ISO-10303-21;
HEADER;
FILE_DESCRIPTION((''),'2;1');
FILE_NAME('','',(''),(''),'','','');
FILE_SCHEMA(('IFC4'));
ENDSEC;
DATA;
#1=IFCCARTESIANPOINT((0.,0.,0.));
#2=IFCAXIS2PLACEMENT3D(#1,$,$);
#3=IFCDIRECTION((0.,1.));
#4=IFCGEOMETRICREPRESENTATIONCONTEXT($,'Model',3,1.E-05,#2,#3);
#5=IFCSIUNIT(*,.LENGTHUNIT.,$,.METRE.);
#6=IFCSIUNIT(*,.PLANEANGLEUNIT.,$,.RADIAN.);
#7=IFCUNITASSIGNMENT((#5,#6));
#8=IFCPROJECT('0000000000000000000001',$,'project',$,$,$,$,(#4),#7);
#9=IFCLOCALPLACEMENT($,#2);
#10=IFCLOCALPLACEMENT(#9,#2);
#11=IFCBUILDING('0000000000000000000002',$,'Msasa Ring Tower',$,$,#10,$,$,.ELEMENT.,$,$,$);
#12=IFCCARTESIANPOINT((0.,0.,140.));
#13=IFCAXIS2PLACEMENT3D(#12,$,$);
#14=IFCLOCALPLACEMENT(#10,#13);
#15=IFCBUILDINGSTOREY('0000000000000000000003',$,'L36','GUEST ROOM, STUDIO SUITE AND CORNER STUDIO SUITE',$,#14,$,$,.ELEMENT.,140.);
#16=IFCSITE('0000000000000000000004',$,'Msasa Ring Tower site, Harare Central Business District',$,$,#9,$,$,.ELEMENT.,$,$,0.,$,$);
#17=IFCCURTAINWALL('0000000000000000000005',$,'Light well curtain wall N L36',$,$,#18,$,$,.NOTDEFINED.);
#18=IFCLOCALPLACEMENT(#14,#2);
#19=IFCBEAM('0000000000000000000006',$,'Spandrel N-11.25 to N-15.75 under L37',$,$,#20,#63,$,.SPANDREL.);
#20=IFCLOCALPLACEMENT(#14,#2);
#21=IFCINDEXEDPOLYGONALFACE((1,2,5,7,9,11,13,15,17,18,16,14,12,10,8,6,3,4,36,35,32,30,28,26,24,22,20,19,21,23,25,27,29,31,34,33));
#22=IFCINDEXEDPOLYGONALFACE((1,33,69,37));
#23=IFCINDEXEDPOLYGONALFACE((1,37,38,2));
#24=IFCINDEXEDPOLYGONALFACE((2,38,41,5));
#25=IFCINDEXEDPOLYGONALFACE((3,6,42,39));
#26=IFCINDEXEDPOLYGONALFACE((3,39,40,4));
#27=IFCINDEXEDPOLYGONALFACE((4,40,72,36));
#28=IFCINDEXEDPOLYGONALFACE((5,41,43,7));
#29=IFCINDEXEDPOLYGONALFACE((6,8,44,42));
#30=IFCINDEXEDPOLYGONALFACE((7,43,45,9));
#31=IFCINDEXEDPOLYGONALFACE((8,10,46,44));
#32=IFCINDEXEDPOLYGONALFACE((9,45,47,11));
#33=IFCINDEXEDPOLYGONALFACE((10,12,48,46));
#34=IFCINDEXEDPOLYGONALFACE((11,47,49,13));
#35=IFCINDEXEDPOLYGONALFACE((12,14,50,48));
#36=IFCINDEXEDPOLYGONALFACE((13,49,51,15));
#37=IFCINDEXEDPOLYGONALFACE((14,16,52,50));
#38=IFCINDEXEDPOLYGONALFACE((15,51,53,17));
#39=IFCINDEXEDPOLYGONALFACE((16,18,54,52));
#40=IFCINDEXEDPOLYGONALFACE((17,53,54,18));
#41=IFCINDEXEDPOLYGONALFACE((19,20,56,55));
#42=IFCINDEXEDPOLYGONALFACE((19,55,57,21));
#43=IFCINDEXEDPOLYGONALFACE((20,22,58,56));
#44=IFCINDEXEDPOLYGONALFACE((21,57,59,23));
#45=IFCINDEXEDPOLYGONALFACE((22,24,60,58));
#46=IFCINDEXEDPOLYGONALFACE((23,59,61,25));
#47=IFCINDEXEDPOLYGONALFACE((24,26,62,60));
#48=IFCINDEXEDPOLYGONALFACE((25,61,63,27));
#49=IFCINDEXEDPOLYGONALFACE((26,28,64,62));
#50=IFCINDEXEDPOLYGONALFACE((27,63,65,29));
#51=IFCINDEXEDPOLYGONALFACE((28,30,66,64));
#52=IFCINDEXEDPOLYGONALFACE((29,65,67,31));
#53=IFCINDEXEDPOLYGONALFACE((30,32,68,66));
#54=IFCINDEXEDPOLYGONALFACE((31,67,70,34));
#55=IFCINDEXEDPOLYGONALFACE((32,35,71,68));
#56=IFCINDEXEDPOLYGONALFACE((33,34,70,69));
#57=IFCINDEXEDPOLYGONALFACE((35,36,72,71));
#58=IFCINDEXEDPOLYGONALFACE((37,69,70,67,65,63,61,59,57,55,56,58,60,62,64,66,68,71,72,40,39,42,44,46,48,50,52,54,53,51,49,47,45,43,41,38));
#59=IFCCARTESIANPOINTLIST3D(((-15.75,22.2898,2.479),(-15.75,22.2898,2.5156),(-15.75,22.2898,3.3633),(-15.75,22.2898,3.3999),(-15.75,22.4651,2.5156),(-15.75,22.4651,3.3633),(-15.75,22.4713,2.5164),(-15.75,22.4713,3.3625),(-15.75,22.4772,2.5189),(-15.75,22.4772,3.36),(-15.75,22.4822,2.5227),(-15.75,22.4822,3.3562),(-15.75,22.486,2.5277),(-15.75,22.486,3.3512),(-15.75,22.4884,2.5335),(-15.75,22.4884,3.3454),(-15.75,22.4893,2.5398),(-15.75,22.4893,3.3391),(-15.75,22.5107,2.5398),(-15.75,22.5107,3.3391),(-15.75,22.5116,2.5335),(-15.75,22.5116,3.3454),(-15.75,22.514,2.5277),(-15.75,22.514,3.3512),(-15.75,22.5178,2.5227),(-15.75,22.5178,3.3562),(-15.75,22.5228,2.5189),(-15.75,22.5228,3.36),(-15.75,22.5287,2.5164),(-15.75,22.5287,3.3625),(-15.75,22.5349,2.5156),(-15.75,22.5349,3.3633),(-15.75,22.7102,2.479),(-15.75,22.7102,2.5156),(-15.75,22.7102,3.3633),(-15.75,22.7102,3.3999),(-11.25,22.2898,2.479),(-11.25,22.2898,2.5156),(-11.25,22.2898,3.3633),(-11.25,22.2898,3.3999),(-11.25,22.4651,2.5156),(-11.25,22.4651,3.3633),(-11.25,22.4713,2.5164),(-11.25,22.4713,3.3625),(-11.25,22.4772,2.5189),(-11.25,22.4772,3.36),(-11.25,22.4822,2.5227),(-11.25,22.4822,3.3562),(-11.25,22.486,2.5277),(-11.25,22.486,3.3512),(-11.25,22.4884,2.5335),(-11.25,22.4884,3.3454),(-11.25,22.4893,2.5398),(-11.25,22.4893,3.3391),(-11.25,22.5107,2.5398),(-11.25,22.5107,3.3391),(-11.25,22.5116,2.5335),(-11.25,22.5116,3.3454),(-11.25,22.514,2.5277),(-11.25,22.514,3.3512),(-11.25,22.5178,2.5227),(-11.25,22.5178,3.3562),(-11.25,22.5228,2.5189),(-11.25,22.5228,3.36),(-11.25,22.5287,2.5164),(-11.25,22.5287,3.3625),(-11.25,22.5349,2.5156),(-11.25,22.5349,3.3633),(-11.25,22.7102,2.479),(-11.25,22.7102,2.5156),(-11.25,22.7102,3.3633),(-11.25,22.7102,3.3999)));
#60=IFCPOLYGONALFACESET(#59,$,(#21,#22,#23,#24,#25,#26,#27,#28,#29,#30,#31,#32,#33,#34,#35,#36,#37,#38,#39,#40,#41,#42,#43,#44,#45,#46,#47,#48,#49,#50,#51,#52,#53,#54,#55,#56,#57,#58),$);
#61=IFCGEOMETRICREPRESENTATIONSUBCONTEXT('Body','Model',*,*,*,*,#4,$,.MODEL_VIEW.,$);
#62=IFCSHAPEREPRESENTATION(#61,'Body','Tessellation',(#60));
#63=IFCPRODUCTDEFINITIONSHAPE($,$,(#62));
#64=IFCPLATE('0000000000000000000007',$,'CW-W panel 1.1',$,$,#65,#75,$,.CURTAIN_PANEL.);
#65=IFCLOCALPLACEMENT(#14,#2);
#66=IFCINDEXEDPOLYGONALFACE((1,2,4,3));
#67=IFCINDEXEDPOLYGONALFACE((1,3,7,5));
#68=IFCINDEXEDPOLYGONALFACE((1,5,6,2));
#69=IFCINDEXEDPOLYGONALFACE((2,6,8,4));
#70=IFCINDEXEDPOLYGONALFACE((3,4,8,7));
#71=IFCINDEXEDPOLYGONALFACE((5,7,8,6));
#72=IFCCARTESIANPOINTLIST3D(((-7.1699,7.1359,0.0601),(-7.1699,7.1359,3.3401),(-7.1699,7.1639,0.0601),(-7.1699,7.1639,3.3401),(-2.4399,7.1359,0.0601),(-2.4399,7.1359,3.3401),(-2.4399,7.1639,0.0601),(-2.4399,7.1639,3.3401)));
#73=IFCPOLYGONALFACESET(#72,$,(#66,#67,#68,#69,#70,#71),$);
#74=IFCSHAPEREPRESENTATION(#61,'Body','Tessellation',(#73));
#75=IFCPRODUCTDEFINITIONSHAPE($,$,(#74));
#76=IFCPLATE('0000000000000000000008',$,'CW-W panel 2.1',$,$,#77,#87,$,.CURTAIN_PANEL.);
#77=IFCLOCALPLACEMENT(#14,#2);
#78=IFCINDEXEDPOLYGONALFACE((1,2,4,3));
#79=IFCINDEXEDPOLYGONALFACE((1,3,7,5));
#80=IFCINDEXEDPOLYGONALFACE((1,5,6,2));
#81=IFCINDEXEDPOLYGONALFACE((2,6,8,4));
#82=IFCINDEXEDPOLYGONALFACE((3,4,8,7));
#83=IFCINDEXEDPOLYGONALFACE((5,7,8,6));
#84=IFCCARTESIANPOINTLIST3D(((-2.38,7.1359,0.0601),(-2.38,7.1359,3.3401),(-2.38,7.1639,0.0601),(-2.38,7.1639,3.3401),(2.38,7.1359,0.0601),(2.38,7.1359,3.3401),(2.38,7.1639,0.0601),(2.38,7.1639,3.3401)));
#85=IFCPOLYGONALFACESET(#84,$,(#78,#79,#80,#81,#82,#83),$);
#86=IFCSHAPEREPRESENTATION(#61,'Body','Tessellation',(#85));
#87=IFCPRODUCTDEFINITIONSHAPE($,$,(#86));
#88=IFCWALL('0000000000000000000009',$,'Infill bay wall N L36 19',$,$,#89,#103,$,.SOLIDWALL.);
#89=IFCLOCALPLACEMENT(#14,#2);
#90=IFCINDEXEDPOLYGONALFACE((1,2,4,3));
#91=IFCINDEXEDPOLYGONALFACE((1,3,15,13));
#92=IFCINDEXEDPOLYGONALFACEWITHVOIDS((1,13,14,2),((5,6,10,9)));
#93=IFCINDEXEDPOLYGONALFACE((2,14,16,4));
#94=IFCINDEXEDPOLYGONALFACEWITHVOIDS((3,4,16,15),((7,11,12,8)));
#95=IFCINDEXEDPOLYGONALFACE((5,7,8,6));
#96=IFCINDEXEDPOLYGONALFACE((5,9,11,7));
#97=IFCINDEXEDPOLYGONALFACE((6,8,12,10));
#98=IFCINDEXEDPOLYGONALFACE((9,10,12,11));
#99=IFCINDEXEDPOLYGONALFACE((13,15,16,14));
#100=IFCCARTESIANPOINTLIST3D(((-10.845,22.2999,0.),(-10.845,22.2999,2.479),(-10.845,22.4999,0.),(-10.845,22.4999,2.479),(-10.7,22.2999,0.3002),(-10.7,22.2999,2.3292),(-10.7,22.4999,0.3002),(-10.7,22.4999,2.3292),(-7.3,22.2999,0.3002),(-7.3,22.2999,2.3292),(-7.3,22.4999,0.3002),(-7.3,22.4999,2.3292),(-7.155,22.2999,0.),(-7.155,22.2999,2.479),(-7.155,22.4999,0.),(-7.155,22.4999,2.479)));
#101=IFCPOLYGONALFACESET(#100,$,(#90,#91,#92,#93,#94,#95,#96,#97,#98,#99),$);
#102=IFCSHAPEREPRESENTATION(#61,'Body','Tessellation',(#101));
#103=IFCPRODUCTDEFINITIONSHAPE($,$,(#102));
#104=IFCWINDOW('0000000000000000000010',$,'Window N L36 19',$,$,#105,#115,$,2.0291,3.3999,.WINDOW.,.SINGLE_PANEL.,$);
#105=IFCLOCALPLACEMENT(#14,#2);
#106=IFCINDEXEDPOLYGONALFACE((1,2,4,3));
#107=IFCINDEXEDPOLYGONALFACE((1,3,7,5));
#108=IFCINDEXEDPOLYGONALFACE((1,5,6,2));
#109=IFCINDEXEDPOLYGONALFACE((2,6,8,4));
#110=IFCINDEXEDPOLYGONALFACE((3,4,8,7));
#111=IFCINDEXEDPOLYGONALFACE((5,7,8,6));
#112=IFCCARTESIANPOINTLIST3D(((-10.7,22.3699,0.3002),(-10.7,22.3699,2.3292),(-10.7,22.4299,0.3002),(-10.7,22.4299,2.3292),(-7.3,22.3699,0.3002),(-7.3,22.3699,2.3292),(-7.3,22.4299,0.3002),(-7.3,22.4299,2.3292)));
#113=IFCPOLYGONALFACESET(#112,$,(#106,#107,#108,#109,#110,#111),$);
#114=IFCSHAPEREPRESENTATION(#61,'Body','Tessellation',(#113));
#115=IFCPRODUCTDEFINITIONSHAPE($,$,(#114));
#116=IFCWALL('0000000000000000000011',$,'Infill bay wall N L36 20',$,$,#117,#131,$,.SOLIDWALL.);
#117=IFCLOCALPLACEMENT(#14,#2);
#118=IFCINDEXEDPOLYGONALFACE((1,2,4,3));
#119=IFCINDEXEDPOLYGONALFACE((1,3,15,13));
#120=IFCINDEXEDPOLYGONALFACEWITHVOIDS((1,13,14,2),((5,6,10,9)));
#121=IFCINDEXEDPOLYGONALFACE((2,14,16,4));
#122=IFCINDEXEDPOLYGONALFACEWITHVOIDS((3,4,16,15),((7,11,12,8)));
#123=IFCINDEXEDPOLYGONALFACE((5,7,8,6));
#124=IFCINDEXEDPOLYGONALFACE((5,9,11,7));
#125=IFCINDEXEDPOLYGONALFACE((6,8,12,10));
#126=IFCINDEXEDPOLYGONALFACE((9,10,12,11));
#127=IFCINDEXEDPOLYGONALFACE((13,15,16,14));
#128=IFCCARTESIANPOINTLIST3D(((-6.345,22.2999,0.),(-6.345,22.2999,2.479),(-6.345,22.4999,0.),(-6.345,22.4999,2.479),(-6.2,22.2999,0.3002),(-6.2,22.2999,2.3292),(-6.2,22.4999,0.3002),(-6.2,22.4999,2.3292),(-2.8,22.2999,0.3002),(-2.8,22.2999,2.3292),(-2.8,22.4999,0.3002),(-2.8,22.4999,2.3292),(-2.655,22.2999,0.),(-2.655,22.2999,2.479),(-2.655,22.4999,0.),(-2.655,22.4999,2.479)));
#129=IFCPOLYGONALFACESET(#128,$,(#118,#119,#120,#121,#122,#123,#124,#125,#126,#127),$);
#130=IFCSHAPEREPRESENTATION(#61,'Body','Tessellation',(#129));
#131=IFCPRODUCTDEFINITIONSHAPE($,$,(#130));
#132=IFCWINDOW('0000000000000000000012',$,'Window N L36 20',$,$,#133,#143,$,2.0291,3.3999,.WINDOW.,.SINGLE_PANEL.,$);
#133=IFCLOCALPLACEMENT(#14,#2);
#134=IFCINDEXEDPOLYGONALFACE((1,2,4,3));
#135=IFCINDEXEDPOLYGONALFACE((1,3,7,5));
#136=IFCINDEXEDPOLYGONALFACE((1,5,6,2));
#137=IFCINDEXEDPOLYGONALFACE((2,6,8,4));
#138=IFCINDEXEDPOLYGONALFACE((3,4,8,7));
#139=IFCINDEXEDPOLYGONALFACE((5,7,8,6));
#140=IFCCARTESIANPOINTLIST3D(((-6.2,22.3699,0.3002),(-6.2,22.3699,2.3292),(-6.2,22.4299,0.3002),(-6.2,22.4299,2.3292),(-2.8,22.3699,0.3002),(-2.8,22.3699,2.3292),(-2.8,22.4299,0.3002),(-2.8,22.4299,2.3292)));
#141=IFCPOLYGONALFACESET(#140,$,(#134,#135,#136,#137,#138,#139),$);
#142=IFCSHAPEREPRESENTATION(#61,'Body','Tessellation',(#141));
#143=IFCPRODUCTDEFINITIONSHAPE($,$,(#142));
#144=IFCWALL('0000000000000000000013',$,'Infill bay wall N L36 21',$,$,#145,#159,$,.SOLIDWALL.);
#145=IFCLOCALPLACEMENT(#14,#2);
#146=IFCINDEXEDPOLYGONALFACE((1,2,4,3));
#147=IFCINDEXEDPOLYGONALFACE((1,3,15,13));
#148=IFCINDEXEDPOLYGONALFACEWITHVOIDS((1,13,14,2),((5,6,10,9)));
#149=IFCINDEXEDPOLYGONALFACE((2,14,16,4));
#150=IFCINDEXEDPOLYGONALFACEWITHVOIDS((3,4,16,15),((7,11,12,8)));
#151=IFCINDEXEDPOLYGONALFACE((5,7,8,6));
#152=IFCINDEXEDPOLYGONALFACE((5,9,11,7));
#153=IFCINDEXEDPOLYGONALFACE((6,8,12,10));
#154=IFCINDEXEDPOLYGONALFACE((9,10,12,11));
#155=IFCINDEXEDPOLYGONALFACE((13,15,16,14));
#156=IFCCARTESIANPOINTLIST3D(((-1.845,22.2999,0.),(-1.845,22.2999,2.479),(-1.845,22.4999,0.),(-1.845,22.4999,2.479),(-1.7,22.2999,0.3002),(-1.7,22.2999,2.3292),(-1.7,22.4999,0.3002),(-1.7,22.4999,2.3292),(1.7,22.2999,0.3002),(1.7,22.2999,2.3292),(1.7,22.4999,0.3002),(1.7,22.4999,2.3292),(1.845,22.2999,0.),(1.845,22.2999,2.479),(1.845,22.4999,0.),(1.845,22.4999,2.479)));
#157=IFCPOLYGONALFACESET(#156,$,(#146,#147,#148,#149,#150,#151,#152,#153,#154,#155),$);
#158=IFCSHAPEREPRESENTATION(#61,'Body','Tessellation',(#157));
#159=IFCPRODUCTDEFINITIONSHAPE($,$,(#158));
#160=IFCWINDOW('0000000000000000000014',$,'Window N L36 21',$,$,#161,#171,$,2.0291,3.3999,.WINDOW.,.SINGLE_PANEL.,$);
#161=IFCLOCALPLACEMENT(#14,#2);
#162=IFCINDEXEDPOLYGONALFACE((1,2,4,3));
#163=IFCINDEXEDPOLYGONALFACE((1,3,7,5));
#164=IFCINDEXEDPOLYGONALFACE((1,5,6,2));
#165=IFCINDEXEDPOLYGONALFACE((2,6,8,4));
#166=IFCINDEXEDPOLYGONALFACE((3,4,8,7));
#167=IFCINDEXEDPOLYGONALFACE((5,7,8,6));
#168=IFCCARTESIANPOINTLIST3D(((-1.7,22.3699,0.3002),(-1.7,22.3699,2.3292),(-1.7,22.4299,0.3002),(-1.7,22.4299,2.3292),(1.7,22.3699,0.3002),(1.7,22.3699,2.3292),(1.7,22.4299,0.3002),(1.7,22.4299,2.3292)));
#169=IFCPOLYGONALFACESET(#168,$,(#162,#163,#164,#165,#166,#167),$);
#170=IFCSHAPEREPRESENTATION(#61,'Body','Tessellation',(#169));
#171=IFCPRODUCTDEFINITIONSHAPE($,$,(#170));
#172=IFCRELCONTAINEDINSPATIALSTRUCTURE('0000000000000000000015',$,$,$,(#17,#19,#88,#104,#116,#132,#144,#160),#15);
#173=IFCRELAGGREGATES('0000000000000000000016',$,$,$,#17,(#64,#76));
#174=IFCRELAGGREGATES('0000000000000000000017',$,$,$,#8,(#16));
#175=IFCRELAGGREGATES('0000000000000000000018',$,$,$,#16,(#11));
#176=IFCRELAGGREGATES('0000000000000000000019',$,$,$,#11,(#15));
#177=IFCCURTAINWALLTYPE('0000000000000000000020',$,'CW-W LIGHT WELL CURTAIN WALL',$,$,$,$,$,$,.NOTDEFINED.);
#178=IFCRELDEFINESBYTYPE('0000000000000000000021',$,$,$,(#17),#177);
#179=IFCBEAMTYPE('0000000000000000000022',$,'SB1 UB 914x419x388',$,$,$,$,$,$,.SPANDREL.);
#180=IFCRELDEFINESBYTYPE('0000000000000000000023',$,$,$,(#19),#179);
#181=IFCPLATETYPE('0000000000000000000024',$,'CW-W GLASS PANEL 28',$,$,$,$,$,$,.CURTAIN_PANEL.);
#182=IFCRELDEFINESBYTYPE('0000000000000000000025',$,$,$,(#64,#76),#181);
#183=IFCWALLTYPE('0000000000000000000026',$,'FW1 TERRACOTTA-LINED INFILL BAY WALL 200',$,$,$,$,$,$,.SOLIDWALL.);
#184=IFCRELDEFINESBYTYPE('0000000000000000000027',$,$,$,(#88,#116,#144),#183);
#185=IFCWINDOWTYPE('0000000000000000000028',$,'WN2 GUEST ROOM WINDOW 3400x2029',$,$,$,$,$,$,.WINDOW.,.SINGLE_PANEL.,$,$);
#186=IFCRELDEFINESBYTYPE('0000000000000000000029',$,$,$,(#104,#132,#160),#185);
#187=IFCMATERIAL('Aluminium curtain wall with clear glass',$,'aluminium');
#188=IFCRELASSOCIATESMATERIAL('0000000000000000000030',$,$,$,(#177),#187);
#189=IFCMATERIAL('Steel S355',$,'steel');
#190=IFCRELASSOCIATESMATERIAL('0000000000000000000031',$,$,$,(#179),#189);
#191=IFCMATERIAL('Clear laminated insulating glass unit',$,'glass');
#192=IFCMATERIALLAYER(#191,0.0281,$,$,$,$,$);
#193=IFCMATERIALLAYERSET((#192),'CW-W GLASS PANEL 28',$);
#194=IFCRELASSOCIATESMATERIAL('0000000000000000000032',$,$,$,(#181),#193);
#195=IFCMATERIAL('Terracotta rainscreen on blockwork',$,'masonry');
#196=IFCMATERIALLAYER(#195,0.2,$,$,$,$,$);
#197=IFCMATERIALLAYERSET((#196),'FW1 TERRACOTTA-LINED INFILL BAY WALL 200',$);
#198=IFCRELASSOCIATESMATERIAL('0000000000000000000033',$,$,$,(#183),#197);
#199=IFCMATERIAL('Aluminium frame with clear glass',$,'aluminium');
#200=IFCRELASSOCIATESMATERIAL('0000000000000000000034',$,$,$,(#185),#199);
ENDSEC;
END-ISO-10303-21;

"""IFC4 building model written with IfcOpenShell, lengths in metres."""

from ifc_helpers import new_model, si_unit, direction, frame, frame_2d, origin, origin_2d, place, context, subcontext, project, spatial, rectangle, i_section, extrude, material, layer, layer_set, material_profile, profile_set, type_object, element, fill, aggregate, save


model = new_model("IFC4")

# Units and contexts
model_context = context("Model", 3, precision=1e-05, world=origin(), true_north=direction((0.0, 1.0)))
body_context = subcontext(model_context, "Body", "Model", "MODEL_VIEW")
ifc_project = project(units=[si_unit("LENGTHUNIT", "METRE"), si_unit("PLANEANGLEUNIT", "RADIAN")], contexts=[model_context])

# Site, building, storey
site_placement = place(None, origin())
site = spatial("IfcSite", under=ifc_project, at=site_placement, Name="Msasa Ring Tower site, Harare Central Business District", CompositionType="ELEMENT", RefElevation=0.0)
building_placement = place(site_placement, origin())
building = spatial("IfcBuilding", under=site, at=building_placement, Name="Msasa Ring Tower", CompositionType="ELEMENT")
storey_placement = place(building_placement, frame((0.0, 0.0, 140.0)))
storey = spatial("IfcBuildingStorey", under=building, at=storey_placement, Name="L36", Description="GUEST ROOM, STUDIO SUITE AND CORNER STUDIO SUITE", CompositionType="ELEMENT", Elevation=140.0)

# Curtain wall
ifc_material_1 = material(Name="Aluminium curtain wall with clear glass", Category="aluminium")
curtain_wall_type = type_object("IfcCurtainWallType", Name="CW-W LIGHT WELL CURTAIN WALL", PredefinedType="NOTDEFINED", material=ifc_material_1)
curtain_wall_placement = place(storey_placement, origin())
curtain_wall = element("IfcCurtainWall", 1, at=curtain_wall_placement, inside=storey, type_object=curtain_wall_type, Name="Light well curtain wall N L36", PredefinedType="NOTDEFINED")

# Beam
ifc_material_2 = material(Name="Steel S355", Category="steel")
ifc_material_profile_1 = material_profile(ifc_material_2, i_section(OverallWidth=0.4204, OverallDepth=0.9209, WebThickness=0.0215, FlangeThickness=0.0366, FilletRadius=0.0242, at=origin_2d()), Name="UB 914x419x388")
ifc_profile_set_1 = profile_set([ifc_material_profile_1], Name="Steel S355")
beam_type_1 = type_object("IfcBeamType", Name="SB1 UB 914x419x388", PredefinedType="SPANDREL", material=ifc_profile_set_1)
for number, where, z_axis, x_axis, name in (
    (2, (-11.25, 22.5, 2.9395), (-1.0, 0.0, 0.0), (0.0, -1.0, 0.0), "Spandrel N-11.25 to N-15.75 under L37"),
):
    element("IfcBeam", number, at=place(storey_placement, frame(where, z_axis=z_axis, x_axis=x_axis)), inside=storey, type_object=beam_type_1, Name=name, PredefinedType="SPANDREL", context=body_context, shape_type="SweptSolid", body=[
        extrude(i_section(OverallWidth=0.4204, OverallDepth=0.9209, WebThickness=0.0215, FlangeThickness=0.0366, FilletRadius=0.0242, at=origin_2d()), origin(), (0.0, 0.0, 1.0), 4.5),
    ])

# Plates
ifc_material_3 = material(Name="Clear laminated insulating glass unit", Category="glass")
ifc_layer_1 = layer(ifc_material_3, 0.0281)
ifc_layer_set_1 = layer_set([ifc_layer_1], Name="CW-W GLASS PANEL 28")
plate_type = type_object("IfcPlateType", Name="CW-W GLASS PANEL 28", PredefinedType="CURTAIN_PANEL", material=ifc_layer_set_1)
plate_1_placement = place(storey_placement, frame((-4.8049, 7.1499, 0.0601), z_axis=(0.0, 0.0, 1.0), x_axis=(1.0, 0.0, 0.0)))
plate_1 = element("IfcPlate", 3, at=plate_1_placement, type_object=plate_type, Name="CW-W panel 1.1", PredefinedType="CURTAIN_PANEL", context=body_context, shape_type="SweptSolid", body=[
    extrude(rectangle(XDim=4.73, YDim=0.0281, at=origin_2d()), origin(), (0.0, 0.0, 1.0), 3.28),
])
plate_2_placement = place(storey_placement, frame((0.0, 7.1499, 0.0601), z_axis=(0.0, 0.0, 1.0), x_axis=(1.0, 0.0, 0.0)))
plate_2 = element("IfcPlate", 4, at=plate_2_placement, type_object=plate_type, Name="CW-W panel 2.1", PredefinedType="CURTAIN_PANEL", context=body_context, shape_type="SweptSolid", body=[
    extrude(rectangle(XDim=4.76, YDim=0.0281, at=origin_2d()), origin(), (0.0, 0.0, 1.0), 3.28),
])
aggregate(curtain_wall, [plate_1, plate_2])

# Walls, openings, windows
ifc_material_4 = material(Name="Terracotta rainscreen on blockwork", Category="masonry")
ifc_layer_2 = layer(ifc_material_4, 0.2)
ifc_layer_set_2 = layer_set([ifc_layer_2], Name="FW1 TERRACOTTA-LINED INFILL BAY WALL 200")
wall_type_1 = type_object("IfcWallType", Name="FW1 TERRACOTTA-LINED INFILL BAY WALL 200", PredefinedType="SOLIDWALL", material=ifc_layer_set_2)
wall_1_placement = place(storey_placement, frame((-10.845, 22.3999, 0.0), z_axis=(0.0, 0.0, 1.0), x_axis=(1.0, 0.0, 0.0)))
wall_1 = element("IfcWall", 5, at=wall_1_placement, inside=storey, type_object=wall_type_1, Name="Infill bay wall N L36 19", PredefinedType="SOLIDWALL", context=body_context, shape_type="SweptSolid", body=[
    extrude(rectangle(XDim=3.6899, YDim=0.2, at=frame_2d((1.845, 0.0))), origin(), (0.0, 0.0, 1.0), 2.479),
])
opening_1_placement = place(wall_1_placement, frame((0.145, 0.0, 0.3)))
opening_1 = element("IfcOpeningElement", 6, at=opening_1_placement, cuts=wall_1, PredefinedType="OPENING", context=body_context, shape_type="SweptSolid", body=[
    extrude(rectangle(XDim=3.3999, YDim=2.0291, at=frame_2d((1.7, 1.0146))), frame((0.0, 0.1099, 0.0), z_axis=(0.0, -1.0, 0.0), x_axis=(1.0, 0.0, 0.0)), (0.0, 0.0, 1.0), 0.22),
])
ifc_material_5 = material(Name="Aluminium frame with clear glass", Category="aluminium")
window_type = type_object("IfcWindowType", Name="WN2 GUEST ROOM WINDOW 3400x2029", PartitioningType="SINGLE_PANEL", PredefinedType="WINDOW", material=ifc_material_5)
window_1_placement = place(opening_1_placement, origin())
window_1 = element("IfcWindow", 7, at=window_1_placement, inside=storey, type_object=window_type, Name="Window N L36 19", OverallHeight=2.0291, OverallWidth=3.3999, PartitioningType="SINGLE_PANEL", PredefinedType="WINDOW", context=body_context, shape_type="SweptSolid", body=[
    extrude(rectangle(XDim=3.3999, YDim=2.0291, at=frame_2d((1.7, 1.0146))), frame((0.0, 0.03, 0.0), z_axis=(0.0, -1.0, 0.0), x_axis=(1.0, 0.0, 0.0)), (0.0, 0.0, 1.0), 0.0601),
])
fill(opening_1, window_1)
wall_2_placement = place(storey_placement, frame((-6.345, 22.3999, 0.0), z_axis=(0.0, 0.0, 1.0), x_axis=(1.0, 0.0, 0.0)))
wall_2 = element("IfcWall", 8, at=wall_2_placement, inside=storey, type_object=wall_type_1, Name="Infill bay wall N L36 20", PredefinedType="SOLIDWALL", context=body_context, shape_type="SweptSolid", body=[
    extrude(rectangle(XDim=3.6899, YDim=0.2, at=frame_2d((1.845, 0.0))), origin(), (0.0, 0.0, 1.0), 2.479),
])
opening_2_placement = place(wall_2_placement, frame((0.145, 0.0, 0.3)))
opening_2 = element("IfcOpeningElement", 9, at=opening_2_placement, cuts=wall_2, PredefinedType="OPENING", context=body_context, shape_type="SweptSolid", body=[
    extrude(rectangle(XDim=3.3999, YDim=2.0291, at=frame_2d((1.7, 1.0146))), frame((0.0, 0.1099, 0.0), z_axis=(0.0, -1.0, 0.0), x_axis=(1.0, 0.0, 0.0)), (0.0, 0.0, 1.0), 0.22),
])
window_2_placement = place(opening_2_placement, origin())
window_2 = element("IfcWindow", 10, at=window_2_placement, inside=storey, type_object=window_type, Name="Window N L36 20", OverallHeight=2.0291, OverallWidth=3.3999, PartitioningType="SINGLE_PANEL", PredefinedType="WINDOW", context=body_context, shape_type="SweptSolid", body=[
    extrude(rectangle(XDim=3.3999, YDim=2.0291, at=frame_2d((1.7, 1.0146))), frame((0.0, 0.03, 0.0), z_axis=(0.0, -1.0, 0.0), x_axis=(1.0, 0.0, 0.0)), (0.0, 0.0, 1.0), 0.0601),
])
fill(opening_2, window_2)
wall_3_placement = place(storey_placement, frame((-1.845, 22.3999, 0.0), z_axis=(0.0, 0.0, 1.0), x_axis=(1.0, 0.0, 0.0)))
wall_3 = element("IfcWall", 11, at=wall_3_placement, inside=storey, type_object=wall_type_1, Name="Infill bay wall N L36 21", PredefinedType="SOLIDWALL", context=body_context, shape_type="SweptSolid", body=[
    extrude(rectangle(XDim=3.6899, YDim=0.2, at=frame_2d((1.845, 0.0))), origin(), (0.0, 0.0, 1.0), 2.479),
])
opening_3_placement = place(wall_3_placement, frame((0.145, 0.0, 0.3)))
opening_3 = element("IfcOpeningElement", 12, at=opening_3_placement, cuts=wall_3, PredefinedType="OPENING", context=body_context, shape_type="SweptSolid", body=[
    extrude(rectangle(XDim=3.3999, YDim=2.0291, at=frame_2d((1.7, 1.0146))), frame((0.0, 0.1099, 0.0), z_axis=(0.0, -1.0, 0.0), x_axis=(1.0, 0.0, 0.0)), (0.0, 0.0, 1.0), 0.22),
])
window_3_placement = place(opening_3_placement, origin())
window_3 = element("IfcWindow", 13, at=window_3_placement, inside=storey, type_object=window_type, Name="Window N L36 21", OverallHeight=2.0291, OverallWidth=3.3999, PartitioningType="SINGLE_PANEL", PredefinedType="WINDOW", context=body_context, shape_type="SweptSolid", body=[
    extrude(rectangle(XDim=3.3999, YDim=2.0291, at=frame_2d((1.7, 1.0146))), frame((0.0, 0.03, 0.0), z_axis=(0.0, -1.0, 0.0), x_axis=(1.0, 0.0, 0.0)), (0.0, 0.0, 1.0), 0.0601),
])
fill(opening_3, window_3)

save(model, "model.ifc")
